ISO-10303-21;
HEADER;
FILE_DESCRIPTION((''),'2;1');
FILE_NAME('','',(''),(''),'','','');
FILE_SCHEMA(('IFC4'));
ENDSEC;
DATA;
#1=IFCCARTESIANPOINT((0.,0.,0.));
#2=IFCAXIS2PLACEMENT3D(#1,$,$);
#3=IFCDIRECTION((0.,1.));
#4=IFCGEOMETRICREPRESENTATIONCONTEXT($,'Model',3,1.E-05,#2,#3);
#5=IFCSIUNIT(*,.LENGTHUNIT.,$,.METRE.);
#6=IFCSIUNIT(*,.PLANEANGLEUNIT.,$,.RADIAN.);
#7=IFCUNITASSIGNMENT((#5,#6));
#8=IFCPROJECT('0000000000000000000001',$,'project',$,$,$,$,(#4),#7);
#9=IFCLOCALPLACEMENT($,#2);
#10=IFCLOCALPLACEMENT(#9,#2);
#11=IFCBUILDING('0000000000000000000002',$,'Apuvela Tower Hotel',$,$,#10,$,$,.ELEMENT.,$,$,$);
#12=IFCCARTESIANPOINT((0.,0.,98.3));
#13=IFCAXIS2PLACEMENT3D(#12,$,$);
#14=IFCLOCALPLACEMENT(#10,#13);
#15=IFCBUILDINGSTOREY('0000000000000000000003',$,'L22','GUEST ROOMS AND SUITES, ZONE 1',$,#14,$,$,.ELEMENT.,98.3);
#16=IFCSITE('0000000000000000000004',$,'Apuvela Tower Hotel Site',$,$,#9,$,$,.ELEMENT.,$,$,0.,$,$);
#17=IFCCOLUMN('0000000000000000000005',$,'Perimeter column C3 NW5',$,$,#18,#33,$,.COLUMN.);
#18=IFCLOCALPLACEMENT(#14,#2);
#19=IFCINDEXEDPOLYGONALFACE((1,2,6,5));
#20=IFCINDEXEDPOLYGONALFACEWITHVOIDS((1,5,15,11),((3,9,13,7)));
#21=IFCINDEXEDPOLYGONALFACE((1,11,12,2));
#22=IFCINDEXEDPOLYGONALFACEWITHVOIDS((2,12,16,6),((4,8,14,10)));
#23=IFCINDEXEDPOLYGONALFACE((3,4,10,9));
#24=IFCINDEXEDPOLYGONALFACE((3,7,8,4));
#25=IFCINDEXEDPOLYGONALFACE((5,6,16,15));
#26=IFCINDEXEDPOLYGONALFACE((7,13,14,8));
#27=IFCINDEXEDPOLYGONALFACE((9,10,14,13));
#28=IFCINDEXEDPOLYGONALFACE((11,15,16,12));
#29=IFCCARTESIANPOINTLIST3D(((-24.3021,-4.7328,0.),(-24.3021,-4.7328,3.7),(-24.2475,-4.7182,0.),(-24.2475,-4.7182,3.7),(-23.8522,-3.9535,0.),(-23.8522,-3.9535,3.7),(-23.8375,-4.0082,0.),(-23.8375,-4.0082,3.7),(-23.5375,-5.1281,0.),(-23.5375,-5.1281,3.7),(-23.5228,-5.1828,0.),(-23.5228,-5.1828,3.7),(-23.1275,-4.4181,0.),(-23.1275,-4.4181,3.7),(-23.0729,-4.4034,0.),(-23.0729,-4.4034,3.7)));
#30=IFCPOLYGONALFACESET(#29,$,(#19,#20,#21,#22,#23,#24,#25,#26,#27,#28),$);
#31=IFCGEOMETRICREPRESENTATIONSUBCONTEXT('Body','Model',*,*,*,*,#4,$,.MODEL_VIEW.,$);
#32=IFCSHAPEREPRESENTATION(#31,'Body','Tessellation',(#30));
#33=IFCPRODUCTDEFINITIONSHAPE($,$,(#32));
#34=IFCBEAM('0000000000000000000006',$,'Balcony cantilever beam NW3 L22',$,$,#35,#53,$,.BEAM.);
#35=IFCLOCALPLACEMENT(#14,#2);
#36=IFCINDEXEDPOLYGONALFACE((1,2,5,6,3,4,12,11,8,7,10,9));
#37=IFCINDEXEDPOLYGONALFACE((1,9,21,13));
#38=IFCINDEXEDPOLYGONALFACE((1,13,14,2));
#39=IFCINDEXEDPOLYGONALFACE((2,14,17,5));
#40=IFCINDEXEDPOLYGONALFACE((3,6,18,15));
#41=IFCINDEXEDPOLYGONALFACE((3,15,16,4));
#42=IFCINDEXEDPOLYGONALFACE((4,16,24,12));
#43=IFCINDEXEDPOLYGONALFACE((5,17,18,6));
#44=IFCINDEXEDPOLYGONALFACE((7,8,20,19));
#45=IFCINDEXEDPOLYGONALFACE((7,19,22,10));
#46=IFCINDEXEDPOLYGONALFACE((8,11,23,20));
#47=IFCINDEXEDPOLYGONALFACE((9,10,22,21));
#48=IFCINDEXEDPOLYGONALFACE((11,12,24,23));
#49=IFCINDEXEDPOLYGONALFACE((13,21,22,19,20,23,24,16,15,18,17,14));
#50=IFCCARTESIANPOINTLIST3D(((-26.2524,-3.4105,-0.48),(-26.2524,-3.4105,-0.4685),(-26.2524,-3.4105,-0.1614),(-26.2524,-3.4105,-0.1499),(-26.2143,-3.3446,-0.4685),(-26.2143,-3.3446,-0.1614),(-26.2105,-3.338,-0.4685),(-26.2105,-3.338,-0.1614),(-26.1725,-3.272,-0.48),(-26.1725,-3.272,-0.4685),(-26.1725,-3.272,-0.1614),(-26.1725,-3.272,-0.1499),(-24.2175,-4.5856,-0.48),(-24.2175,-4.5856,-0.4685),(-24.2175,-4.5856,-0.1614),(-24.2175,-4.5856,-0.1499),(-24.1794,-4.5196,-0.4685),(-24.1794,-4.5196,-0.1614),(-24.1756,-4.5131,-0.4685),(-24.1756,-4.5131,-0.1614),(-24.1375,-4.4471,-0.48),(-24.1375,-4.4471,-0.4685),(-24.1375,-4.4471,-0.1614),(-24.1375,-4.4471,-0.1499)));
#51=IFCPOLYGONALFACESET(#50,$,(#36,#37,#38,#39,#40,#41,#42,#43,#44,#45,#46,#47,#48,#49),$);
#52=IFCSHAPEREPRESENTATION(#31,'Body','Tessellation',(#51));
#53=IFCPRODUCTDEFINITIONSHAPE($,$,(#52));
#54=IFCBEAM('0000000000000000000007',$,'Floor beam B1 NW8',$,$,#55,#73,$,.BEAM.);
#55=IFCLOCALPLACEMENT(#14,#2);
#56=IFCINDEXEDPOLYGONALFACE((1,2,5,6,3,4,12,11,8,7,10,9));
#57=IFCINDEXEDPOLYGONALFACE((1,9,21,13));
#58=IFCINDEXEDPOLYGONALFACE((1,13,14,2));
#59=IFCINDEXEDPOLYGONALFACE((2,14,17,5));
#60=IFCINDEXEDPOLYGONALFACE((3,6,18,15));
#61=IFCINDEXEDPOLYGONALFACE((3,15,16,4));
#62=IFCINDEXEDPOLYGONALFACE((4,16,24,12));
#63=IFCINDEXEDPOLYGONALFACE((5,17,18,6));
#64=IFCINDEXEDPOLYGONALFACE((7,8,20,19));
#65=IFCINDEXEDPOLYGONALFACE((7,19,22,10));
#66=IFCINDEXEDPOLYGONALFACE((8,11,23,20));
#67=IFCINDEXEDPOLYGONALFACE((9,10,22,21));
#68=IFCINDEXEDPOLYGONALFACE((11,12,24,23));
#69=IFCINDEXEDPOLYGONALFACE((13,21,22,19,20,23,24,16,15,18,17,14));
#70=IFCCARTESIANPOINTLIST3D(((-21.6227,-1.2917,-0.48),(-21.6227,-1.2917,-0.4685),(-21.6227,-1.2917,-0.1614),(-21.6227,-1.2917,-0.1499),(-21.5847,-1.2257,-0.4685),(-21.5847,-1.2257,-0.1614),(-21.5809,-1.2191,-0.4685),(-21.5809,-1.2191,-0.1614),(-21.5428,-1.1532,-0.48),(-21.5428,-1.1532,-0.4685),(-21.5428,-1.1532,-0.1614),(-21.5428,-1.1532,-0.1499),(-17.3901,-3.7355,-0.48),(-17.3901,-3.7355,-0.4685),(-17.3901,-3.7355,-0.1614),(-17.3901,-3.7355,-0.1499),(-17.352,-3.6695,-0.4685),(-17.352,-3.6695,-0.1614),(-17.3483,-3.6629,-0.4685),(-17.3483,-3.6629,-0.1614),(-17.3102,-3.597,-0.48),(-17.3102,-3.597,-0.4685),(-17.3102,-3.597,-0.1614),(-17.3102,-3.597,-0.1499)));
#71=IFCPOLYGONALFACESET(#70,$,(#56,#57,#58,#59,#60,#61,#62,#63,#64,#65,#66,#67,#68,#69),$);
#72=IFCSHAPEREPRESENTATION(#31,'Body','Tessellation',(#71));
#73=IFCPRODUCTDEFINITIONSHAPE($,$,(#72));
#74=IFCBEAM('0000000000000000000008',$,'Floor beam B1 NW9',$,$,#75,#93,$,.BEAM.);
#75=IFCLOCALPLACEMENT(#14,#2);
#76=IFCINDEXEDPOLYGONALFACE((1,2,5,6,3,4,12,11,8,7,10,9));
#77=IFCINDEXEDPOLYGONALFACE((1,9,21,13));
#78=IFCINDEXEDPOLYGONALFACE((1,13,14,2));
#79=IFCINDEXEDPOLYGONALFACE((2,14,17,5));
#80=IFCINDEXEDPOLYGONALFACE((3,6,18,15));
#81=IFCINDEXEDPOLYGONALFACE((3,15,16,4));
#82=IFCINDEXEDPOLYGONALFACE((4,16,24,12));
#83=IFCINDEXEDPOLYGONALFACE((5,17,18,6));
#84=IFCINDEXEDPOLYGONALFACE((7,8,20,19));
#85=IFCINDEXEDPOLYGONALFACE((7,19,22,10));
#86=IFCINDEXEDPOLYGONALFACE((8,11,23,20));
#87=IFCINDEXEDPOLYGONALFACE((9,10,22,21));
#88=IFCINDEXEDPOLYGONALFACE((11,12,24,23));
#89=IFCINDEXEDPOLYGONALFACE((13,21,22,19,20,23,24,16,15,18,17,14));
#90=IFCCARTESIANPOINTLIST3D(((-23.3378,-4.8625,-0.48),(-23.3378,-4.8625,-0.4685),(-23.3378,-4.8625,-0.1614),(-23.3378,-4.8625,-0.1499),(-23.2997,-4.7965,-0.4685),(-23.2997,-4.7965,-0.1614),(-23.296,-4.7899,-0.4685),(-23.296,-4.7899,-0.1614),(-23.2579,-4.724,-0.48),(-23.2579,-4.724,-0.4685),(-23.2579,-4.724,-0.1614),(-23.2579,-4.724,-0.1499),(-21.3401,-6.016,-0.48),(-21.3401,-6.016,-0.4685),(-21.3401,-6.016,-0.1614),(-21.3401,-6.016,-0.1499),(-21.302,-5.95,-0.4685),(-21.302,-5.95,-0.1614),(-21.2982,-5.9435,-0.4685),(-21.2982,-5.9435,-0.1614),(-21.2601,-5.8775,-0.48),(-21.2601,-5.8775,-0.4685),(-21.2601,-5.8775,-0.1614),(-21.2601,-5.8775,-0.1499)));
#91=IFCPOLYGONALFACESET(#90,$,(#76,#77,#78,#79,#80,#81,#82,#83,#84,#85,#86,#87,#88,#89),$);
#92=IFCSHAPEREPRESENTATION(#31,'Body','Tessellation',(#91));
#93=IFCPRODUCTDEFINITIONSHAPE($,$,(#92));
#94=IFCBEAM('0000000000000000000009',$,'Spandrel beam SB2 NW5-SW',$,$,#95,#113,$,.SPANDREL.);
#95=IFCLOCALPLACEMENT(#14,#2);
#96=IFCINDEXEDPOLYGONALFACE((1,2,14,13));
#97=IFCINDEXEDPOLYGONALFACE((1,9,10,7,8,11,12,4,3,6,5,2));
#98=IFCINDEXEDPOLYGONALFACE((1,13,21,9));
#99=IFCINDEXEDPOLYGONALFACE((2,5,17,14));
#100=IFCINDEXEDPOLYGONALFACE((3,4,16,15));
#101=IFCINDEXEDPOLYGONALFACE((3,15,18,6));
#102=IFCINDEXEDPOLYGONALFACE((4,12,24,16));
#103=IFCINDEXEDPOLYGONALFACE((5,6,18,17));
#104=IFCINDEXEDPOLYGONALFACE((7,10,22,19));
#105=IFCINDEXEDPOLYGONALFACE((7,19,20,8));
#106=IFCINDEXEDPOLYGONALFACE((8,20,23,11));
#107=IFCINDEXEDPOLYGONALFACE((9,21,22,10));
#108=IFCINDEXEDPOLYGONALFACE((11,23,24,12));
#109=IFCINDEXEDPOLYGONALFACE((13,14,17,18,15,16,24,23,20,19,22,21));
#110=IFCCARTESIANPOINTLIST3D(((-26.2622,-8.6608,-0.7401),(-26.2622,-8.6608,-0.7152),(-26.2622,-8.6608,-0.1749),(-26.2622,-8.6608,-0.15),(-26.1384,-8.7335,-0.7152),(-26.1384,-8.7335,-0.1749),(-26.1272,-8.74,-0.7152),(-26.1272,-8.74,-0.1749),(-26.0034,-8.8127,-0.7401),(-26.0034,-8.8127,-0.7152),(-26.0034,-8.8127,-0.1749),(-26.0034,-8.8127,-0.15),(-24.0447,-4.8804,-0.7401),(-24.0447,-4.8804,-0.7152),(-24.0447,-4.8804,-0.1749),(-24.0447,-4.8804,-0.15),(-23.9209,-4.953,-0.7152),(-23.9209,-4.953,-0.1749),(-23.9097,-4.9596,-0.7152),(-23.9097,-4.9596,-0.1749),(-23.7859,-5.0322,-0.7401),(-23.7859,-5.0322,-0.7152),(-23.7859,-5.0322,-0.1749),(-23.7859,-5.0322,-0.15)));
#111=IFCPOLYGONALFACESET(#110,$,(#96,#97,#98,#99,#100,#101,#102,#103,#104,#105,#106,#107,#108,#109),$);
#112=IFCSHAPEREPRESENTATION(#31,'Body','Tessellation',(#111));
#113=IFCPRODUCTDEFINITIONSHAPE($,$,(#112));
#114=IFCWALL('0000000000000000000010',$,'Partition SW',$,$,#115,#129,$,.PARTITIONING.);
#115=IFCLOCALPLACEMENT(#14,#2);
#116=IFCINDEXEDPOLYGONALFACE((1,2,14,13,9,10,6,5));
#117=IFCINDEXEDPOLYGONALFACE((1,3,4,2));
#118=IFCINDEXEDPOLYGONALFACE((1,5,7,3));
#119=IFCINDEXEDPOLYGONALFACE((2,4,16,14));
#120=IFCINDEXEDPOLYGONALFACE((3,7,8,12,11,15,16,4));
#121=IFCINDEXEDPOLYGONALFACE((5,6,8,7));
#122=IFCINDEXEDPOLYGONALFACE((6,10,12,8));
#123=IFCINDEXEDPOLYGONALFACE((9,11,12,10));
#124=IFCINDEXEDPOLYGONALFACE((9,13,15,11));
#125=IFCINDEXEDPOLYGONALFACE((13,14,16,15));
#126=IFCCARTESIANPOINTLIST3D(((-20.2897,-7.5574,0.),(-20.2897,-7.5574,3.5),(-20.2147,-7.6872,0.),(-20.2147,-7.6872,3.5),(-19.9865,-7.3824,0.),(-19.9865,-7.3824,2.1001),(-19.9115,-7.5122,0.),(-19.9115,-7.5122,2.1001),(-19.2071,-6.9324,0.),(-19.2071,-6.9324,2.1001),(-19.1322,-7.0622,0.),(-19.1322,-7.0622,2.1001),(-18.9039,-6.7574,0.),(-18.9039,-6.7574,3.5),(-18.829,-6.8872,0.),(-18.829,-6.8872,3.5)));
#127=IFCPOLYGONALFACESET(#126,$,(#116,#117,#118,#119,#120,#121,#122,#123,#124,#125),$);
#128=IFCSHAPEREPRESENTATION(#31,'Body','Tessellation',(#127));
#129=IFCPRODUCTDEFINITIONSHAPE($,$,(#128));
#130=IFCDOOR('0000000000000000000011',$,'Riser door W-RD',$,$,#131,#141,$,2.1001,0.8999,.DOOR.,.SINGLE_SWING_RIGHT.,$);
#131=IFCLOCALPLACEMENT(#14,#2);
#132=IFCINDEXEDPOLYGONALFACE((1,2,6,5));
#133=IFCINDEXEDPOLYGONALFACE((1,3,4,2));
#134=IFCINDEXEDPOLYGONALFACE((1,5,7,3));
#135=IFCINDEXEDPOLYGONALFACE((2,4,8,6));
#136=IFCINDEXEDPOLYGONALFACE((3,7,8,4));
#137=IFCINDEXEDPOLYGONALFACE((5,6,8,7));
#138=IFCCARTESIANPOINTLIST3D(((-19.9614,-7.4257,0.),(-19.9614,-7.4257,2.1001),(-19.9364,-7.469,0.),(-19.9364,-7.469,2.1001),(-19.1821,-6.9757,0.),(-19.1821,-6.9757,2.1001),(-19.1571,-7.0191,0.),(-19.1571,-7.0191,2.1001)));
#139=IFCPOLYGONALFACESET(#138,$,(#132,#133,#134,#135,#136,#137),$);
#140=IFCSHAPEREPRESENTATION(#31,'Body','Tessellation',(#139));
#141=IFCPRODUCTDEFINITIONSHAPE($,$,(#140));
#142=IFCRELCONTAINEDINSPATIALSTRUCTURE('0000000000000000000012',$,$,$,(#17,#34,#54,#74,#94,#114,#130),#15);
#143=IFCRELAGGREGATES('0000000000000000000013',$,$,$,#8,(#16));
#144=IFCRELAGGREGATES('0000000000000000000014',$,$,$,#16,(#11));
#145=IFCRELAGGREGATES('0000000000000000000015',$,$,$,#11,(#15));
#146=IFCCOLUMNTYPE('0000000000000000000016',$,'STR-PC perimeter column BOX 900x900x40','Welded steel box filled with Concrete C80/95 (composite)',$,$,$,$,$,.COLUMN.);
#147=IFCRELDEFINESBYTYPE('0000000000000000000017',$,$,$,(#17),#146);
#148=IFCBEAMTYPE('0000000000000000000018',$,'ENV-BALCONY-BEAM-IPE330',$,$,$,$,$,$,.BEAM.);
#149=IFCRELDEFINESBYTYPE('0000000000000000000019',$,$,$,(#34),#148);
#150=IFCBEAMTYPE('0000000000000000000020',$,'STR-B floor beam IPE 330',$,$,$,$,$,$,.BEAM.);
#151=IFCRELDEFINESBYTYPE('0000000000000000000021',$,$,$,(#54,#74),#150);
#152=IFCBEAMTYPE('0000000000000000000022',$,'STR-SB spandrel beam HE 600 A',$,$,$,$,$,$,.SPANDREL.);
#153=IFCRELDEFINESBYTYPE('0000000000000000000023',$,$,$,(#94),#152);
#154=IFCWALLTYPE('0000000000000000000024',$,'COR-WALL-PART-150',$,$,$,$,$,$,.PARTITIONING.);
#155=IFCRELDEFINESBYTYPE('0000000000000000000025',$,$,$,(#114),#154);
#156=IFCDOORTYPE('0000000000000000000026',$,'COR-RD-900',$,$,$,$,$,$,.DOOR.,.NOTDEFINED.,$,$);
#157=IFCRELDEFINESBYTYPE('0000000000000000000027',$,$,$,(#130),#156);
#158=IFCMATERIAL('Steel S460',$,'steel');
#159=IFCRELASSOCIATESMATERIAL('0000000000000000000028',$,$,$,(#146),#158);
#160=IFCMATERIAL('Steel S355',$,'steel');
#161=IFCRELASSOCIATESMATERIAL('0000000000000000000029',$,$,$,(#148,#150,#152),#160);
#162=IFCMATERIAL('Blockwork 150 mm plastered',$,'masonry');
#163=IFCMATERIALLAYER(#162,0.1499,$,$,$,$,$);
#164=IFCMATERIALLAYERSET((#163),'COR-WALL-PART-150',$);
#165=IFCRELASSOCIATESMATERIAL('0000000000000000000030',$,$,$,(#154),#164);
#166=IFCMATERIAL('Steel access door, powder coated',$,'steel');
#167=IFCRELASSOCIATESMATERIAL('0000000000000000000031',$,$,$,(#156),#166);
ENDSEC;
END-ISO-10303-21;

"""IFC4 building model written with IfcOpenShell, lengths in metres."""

from ifc_helpers import new_model, si_unit, direction, frame, frame_2d, origin, origin_2d, place, context, subcontext, project, spatial, rectangle, hollow_rectangle, i_section, extrude, material, layer, layer_set, material_profile, profile_set, type_object, element, fill, save


model = new_model("IFC4")

# Units and contexts
model_context = context("Model", 3, precision=1e-05, world=origin(), true_north=direction((0.0, 1.0)))
body_context = subcontext(model_context, "Body", "Model", "MODEL_VIEW")
ifc_project = project(units=[si_unit("LENGTHUNIT", "METRE"), si_unit("PLANEANGLEUNIT", "RADIAN")], contexts=[model_context])

# Site, building, storey
site_placement = place(None, origin())
site = spatial("IfcSite", under=ifc_project, at=site_placement, Name="Apuvela Tower Hotel Site", CompositionType="ELEMENT", RefElevation=0.0)
building_placement = place(site_placement, origin())
building = spatial("IfcBuilding", under=site, at=building_placement, Name="Apuvela Tower Hotel", CompositionType="ELEMENT")
storey_placement = place(building_placement, frame((0.0, 0.0, 98.3)))
storey = spatial("IfcBuildingStorey", under=building, at=storey_placement, Name="L22", Description="GUEST ROOMS AND SUITES, ZONE 1", CompositionType="ELEMENT", Elevation=98.3)

# Column
ifc_material_1 = material(Name="Steel S460", Category="steel")
ifc_material_profile_1 = material_profile(ifc_material_1, hollow_rectangle(XDim=0.8999, YDim=0.8999, WallThickness=0.04, at=origin_2d()), Name="BOX 900x900x40")
ifc_material_2 = material(Name="Concrete C80/95", Category="concrete")
ifc_material_profile_2 = material_profile(ifc_material_2, rectangle(XDim=0.8201, YDim=0.8201, at=origin_2d()), Name="Concrete C80/95 infill")
ifc_profile_set_1 = profile_set([ifc_material_profile_1, ifc_material_profile_2], Name="Steel S460")
column_type = type_object("IfcColumnType", Name="STR-PC perimeter column BOX 900x900x40", Description="Welded steel box filled with Concrete C80/95 (composite)", PredefinedType="COLUMN", material=ifc_profile_set_1)
column_placement = place(storey_placement, frame((-23.6875, -4.5681, 0.0), z_axis=(0.0, 0.0, 1.0), x_axis=(0.5, 0.866025, 0.0)))
element("IfcColumn", 1, at=column_placement, inside=storey, type_object=column_type, Name="Perimeter column C3 NW5", PredefinedType="COLUMN", context=body_context, shape_type="SweptSolid", body=[
    extrude(hollow_rectangle(XDim=0.8999, YDim=0.8999, WallThickness=0.04, at=origin_2d()), origin(), (0.0, 0.0, 1.0), 3.7),
])

# Beams
ifc_material_3 = material(Name="Steel S355", Category="steel")
ifc_material_profile_3 = material_profile(ifc_material_3, i_section(OverallWidth=0.1599, OverallDepth=0.3301, WebThickness=0.0076, FlangeThickness=0.0115, at=origin_2d()), Name="IPE 330")
ifc_profile_set_2 = profile_set([ifc_material_profile_3], Name="Steel S355")
beam_type_1 = type_object("IfcBeamType", Name="ENV-BALCONY-BEAM-IPE330", PredefinedType="BEAM", material=ifc_profile_set_2)
beam_1_placement = place(storey_placement, frame((-24.1775, -4.5164, -0.3149), z_axis=(-0.86599, 0.500061, 0.0), x_axis=(-0.500061, -0.86599, 0.0)))
element("IfcBeam", 2, at=beam_1_placement, inside=storey, type_object=beam_type_1, Name="Balcony cantilever beam NW3 L22", PredefinedType="BEAM", context=body_context, shape_type="SweptSolid", body=[
    extrude(i_section(OverallWidth=0.1599, OverallDepth=0.3301, WebThickness=0.0076, FlangeThickness=0.0115, at=origin_2d()), origin(), (0.0, 0.0, 1.0), 2.3499),
])
ifc_material_profile_4 = material_profile(ifc_material_3, i_section(OverallWidth=0.1599, OverallDepth=0.3301, WebThickness=0.0076, FlangeThickness=0.0115, at=origin_2d()), Name="IPE 330")
ifc_profile_set_3 = profile_set([ifc_material_profile_4], Name="Steel S355")
beam_type_2 = type_object("IfcBeamType", Name="STR-B floor beam IPE 330", PredefinedType="BEAM", material=ifc_profile_set_3)
beam_2_placement = place(storey_placement, frame((-21.5828, -1.2224, -0.3149), z_axis=(0.866015, -0.500018, 0.0), x_axis=(0.500018, 0.866015, 0.0)))
element("IfcBeam", 3, at=beam_2_placement, inside=storey, type_object=beam_type_2, Name="Floor beam B1 NW8", PredefinedType="BEAM", context=body_context, shape_type="SweptSolid", body=[
    extrude(i_section(OverallWidth=0.1599, OverallDepth=0.3301, WebThickness=0.0076, FlangeThickness=0.0115, at=origin_2d()), origin(), (0.0, 0.0, 1.0), 4.8875),
])
beam_3_placement = place(storey_placement, frame((-23.2979, -4.7932, -0.3149), z_axis=(0.866001, -0.500043, 0.0), x_axis=(0.500043, 0.866001, 0.0)))
element("IfcBeam", 4, at=beam_3_placement, inside=storey, type_object=beam_type_2, Name="Floor beam B1 NW9", PredefinedType="BEAM", context=body_context, shape_type="SweptSolid", body=[
    extrude(i_section(OverallWidth=0.1599, OverallDepth=0.3301, WebThickness=0.0076, FlangeThickness=0.0115, at=origin_2d()), origin(), (0.0, 0.0, 1.0), 2.3069),
])
ifc_material_profile_5 = material_profile(ifc_material_3, i_section(OverallWidth=0.3, OverallDepth=0.5901, WebThickness=0.0129, FlangeThickness=0.0249, at=origin_2d()), Name="HE 600 A")
ifc_profile_set_4 = profile_set([ifc_material_profile_5], Name="Steel S355")
beam_type_3 = type_object("IfcBeamType", Name="STR-SB spandrel beam HE 600 A", PredefinedType="SPANDREL", material=ifc_profile_set_4)
beam_4_placement = place(storey_placement, frame((-23.9153, -4.9563, -0.4451), z_axis=(-0.505951, -0.862562, 0.0), x_axis=(0.862562, -0.505951, 0.0)))
element("IfcBeam", 5, at=beam_4_placement, inside=storey, type_object=beam_type_3, Name="Spandrel beam SB2 NW5-SW", PredefinedType="SPANDREL", context=body_context, shape_type="SweptSolid", body=[
    extrude(i_section(OverallWidth=0.3, OverallDepth=0.5901, WebThickness=0.0129, FlangeThickness=0.0249, at=origin_2d()), origin(), (0.0, 0.0, 1.0), 4.3828),
])

# Wall, opening, door
ifc_material_4 = material(Name="Blockwork 150 mm plastered", Category="masonry")
ifc_layer_1 = layer(ifc_material_4, 0.1499)
ifc_layer_set_1 = layer_set([ifc_layer_1], Name="COR-WALL-PART-150")
wall_type_1 = type_object("IfcWallType", Name="COR-WALL-PART-150", PredefinedType="PARTITIONING", material=ifc_layer_set_1)
wall_1_placement = place(storey_placement, frame((-18.8665, -6.8223, 0.0), z_axis=(0.0, 0.0, 1.0), x_axis=(-0.866028, -0.499995, 0.0)))
wall_1 = element("IfcWall", 6, at=wall_1_placement, inside=storey, type_object=wall_type_1, Name="Partition SW", PredefinedType="PARTITIONING", context=body_context, shape_type="SweptSolid", body=[
    extrude(rectangle(XDim=1.6001, YDim=0.1499, at=frame_2d((0.8, 0.0))), origin(), (0.0, 0.0, 1.0), 3.5),
])
opening_1_placement = place(wall_1_placement, frame((0.3501, 0.0, 0.0)))
opening_1 = element("IfcOpeningElement", 7, at=opening_1_placement, cuts=wall_1, PredefinedType="OPENING", context=body_context, shape_type="SweptSolid", body=[
    extrude(rectangle(XDim=0.8999, YDim=2.1001, at=frame_2d((0.45, 1.05))), frame((0.0, 0.085, 0.0), z_axis=(0.0, -1.0, 0.0), x_axis=(1.0, 0.0, 0.0)), (0.0, 0.0, 1.0), 0.1699),
])
ifc_material_5 = material(Name="Steel access door, powder coated", Category="steel")
door_type_1 = type_object("IfcDoorType", Name="COR-RD-900", OperationType="NOTDEFINED", PredefinedType="DOOR", material=ifc_material_5)
door_1_placement = place(opening_1_placement, frame((0.8999, 0.0, 0.0), z_axis=(0.0, 0.0, 1.0), x_axis=(-1.0, 0.0, 0.0)))
door_1 = element("IfcDoor", 8, at=door_1_placement, inside=storey, type_object=door_type_1, Name="Riser door W-RD", OperationType="SINGLE_SWING_RIGHT", OverallHeight=2.1001, OverallWidth=0.8999, PredefinedType="DOOR", context=body_context, shape_type="SweptSolid", body=[
    extrude(rectangle(XDim=0.8999, YDim=2.1001, at=frame_2d((0.45, 1.05))), frame((0.0, 0.0249, 0.0), z_axis=(0.0, -1.0, 0.0), x_axis=(1.0, 0.0, 0.0)), (0.0, 0.0, 1.0), 0.05),
])
fill(opening_1, door_1)

save(model, "model.ifc")
